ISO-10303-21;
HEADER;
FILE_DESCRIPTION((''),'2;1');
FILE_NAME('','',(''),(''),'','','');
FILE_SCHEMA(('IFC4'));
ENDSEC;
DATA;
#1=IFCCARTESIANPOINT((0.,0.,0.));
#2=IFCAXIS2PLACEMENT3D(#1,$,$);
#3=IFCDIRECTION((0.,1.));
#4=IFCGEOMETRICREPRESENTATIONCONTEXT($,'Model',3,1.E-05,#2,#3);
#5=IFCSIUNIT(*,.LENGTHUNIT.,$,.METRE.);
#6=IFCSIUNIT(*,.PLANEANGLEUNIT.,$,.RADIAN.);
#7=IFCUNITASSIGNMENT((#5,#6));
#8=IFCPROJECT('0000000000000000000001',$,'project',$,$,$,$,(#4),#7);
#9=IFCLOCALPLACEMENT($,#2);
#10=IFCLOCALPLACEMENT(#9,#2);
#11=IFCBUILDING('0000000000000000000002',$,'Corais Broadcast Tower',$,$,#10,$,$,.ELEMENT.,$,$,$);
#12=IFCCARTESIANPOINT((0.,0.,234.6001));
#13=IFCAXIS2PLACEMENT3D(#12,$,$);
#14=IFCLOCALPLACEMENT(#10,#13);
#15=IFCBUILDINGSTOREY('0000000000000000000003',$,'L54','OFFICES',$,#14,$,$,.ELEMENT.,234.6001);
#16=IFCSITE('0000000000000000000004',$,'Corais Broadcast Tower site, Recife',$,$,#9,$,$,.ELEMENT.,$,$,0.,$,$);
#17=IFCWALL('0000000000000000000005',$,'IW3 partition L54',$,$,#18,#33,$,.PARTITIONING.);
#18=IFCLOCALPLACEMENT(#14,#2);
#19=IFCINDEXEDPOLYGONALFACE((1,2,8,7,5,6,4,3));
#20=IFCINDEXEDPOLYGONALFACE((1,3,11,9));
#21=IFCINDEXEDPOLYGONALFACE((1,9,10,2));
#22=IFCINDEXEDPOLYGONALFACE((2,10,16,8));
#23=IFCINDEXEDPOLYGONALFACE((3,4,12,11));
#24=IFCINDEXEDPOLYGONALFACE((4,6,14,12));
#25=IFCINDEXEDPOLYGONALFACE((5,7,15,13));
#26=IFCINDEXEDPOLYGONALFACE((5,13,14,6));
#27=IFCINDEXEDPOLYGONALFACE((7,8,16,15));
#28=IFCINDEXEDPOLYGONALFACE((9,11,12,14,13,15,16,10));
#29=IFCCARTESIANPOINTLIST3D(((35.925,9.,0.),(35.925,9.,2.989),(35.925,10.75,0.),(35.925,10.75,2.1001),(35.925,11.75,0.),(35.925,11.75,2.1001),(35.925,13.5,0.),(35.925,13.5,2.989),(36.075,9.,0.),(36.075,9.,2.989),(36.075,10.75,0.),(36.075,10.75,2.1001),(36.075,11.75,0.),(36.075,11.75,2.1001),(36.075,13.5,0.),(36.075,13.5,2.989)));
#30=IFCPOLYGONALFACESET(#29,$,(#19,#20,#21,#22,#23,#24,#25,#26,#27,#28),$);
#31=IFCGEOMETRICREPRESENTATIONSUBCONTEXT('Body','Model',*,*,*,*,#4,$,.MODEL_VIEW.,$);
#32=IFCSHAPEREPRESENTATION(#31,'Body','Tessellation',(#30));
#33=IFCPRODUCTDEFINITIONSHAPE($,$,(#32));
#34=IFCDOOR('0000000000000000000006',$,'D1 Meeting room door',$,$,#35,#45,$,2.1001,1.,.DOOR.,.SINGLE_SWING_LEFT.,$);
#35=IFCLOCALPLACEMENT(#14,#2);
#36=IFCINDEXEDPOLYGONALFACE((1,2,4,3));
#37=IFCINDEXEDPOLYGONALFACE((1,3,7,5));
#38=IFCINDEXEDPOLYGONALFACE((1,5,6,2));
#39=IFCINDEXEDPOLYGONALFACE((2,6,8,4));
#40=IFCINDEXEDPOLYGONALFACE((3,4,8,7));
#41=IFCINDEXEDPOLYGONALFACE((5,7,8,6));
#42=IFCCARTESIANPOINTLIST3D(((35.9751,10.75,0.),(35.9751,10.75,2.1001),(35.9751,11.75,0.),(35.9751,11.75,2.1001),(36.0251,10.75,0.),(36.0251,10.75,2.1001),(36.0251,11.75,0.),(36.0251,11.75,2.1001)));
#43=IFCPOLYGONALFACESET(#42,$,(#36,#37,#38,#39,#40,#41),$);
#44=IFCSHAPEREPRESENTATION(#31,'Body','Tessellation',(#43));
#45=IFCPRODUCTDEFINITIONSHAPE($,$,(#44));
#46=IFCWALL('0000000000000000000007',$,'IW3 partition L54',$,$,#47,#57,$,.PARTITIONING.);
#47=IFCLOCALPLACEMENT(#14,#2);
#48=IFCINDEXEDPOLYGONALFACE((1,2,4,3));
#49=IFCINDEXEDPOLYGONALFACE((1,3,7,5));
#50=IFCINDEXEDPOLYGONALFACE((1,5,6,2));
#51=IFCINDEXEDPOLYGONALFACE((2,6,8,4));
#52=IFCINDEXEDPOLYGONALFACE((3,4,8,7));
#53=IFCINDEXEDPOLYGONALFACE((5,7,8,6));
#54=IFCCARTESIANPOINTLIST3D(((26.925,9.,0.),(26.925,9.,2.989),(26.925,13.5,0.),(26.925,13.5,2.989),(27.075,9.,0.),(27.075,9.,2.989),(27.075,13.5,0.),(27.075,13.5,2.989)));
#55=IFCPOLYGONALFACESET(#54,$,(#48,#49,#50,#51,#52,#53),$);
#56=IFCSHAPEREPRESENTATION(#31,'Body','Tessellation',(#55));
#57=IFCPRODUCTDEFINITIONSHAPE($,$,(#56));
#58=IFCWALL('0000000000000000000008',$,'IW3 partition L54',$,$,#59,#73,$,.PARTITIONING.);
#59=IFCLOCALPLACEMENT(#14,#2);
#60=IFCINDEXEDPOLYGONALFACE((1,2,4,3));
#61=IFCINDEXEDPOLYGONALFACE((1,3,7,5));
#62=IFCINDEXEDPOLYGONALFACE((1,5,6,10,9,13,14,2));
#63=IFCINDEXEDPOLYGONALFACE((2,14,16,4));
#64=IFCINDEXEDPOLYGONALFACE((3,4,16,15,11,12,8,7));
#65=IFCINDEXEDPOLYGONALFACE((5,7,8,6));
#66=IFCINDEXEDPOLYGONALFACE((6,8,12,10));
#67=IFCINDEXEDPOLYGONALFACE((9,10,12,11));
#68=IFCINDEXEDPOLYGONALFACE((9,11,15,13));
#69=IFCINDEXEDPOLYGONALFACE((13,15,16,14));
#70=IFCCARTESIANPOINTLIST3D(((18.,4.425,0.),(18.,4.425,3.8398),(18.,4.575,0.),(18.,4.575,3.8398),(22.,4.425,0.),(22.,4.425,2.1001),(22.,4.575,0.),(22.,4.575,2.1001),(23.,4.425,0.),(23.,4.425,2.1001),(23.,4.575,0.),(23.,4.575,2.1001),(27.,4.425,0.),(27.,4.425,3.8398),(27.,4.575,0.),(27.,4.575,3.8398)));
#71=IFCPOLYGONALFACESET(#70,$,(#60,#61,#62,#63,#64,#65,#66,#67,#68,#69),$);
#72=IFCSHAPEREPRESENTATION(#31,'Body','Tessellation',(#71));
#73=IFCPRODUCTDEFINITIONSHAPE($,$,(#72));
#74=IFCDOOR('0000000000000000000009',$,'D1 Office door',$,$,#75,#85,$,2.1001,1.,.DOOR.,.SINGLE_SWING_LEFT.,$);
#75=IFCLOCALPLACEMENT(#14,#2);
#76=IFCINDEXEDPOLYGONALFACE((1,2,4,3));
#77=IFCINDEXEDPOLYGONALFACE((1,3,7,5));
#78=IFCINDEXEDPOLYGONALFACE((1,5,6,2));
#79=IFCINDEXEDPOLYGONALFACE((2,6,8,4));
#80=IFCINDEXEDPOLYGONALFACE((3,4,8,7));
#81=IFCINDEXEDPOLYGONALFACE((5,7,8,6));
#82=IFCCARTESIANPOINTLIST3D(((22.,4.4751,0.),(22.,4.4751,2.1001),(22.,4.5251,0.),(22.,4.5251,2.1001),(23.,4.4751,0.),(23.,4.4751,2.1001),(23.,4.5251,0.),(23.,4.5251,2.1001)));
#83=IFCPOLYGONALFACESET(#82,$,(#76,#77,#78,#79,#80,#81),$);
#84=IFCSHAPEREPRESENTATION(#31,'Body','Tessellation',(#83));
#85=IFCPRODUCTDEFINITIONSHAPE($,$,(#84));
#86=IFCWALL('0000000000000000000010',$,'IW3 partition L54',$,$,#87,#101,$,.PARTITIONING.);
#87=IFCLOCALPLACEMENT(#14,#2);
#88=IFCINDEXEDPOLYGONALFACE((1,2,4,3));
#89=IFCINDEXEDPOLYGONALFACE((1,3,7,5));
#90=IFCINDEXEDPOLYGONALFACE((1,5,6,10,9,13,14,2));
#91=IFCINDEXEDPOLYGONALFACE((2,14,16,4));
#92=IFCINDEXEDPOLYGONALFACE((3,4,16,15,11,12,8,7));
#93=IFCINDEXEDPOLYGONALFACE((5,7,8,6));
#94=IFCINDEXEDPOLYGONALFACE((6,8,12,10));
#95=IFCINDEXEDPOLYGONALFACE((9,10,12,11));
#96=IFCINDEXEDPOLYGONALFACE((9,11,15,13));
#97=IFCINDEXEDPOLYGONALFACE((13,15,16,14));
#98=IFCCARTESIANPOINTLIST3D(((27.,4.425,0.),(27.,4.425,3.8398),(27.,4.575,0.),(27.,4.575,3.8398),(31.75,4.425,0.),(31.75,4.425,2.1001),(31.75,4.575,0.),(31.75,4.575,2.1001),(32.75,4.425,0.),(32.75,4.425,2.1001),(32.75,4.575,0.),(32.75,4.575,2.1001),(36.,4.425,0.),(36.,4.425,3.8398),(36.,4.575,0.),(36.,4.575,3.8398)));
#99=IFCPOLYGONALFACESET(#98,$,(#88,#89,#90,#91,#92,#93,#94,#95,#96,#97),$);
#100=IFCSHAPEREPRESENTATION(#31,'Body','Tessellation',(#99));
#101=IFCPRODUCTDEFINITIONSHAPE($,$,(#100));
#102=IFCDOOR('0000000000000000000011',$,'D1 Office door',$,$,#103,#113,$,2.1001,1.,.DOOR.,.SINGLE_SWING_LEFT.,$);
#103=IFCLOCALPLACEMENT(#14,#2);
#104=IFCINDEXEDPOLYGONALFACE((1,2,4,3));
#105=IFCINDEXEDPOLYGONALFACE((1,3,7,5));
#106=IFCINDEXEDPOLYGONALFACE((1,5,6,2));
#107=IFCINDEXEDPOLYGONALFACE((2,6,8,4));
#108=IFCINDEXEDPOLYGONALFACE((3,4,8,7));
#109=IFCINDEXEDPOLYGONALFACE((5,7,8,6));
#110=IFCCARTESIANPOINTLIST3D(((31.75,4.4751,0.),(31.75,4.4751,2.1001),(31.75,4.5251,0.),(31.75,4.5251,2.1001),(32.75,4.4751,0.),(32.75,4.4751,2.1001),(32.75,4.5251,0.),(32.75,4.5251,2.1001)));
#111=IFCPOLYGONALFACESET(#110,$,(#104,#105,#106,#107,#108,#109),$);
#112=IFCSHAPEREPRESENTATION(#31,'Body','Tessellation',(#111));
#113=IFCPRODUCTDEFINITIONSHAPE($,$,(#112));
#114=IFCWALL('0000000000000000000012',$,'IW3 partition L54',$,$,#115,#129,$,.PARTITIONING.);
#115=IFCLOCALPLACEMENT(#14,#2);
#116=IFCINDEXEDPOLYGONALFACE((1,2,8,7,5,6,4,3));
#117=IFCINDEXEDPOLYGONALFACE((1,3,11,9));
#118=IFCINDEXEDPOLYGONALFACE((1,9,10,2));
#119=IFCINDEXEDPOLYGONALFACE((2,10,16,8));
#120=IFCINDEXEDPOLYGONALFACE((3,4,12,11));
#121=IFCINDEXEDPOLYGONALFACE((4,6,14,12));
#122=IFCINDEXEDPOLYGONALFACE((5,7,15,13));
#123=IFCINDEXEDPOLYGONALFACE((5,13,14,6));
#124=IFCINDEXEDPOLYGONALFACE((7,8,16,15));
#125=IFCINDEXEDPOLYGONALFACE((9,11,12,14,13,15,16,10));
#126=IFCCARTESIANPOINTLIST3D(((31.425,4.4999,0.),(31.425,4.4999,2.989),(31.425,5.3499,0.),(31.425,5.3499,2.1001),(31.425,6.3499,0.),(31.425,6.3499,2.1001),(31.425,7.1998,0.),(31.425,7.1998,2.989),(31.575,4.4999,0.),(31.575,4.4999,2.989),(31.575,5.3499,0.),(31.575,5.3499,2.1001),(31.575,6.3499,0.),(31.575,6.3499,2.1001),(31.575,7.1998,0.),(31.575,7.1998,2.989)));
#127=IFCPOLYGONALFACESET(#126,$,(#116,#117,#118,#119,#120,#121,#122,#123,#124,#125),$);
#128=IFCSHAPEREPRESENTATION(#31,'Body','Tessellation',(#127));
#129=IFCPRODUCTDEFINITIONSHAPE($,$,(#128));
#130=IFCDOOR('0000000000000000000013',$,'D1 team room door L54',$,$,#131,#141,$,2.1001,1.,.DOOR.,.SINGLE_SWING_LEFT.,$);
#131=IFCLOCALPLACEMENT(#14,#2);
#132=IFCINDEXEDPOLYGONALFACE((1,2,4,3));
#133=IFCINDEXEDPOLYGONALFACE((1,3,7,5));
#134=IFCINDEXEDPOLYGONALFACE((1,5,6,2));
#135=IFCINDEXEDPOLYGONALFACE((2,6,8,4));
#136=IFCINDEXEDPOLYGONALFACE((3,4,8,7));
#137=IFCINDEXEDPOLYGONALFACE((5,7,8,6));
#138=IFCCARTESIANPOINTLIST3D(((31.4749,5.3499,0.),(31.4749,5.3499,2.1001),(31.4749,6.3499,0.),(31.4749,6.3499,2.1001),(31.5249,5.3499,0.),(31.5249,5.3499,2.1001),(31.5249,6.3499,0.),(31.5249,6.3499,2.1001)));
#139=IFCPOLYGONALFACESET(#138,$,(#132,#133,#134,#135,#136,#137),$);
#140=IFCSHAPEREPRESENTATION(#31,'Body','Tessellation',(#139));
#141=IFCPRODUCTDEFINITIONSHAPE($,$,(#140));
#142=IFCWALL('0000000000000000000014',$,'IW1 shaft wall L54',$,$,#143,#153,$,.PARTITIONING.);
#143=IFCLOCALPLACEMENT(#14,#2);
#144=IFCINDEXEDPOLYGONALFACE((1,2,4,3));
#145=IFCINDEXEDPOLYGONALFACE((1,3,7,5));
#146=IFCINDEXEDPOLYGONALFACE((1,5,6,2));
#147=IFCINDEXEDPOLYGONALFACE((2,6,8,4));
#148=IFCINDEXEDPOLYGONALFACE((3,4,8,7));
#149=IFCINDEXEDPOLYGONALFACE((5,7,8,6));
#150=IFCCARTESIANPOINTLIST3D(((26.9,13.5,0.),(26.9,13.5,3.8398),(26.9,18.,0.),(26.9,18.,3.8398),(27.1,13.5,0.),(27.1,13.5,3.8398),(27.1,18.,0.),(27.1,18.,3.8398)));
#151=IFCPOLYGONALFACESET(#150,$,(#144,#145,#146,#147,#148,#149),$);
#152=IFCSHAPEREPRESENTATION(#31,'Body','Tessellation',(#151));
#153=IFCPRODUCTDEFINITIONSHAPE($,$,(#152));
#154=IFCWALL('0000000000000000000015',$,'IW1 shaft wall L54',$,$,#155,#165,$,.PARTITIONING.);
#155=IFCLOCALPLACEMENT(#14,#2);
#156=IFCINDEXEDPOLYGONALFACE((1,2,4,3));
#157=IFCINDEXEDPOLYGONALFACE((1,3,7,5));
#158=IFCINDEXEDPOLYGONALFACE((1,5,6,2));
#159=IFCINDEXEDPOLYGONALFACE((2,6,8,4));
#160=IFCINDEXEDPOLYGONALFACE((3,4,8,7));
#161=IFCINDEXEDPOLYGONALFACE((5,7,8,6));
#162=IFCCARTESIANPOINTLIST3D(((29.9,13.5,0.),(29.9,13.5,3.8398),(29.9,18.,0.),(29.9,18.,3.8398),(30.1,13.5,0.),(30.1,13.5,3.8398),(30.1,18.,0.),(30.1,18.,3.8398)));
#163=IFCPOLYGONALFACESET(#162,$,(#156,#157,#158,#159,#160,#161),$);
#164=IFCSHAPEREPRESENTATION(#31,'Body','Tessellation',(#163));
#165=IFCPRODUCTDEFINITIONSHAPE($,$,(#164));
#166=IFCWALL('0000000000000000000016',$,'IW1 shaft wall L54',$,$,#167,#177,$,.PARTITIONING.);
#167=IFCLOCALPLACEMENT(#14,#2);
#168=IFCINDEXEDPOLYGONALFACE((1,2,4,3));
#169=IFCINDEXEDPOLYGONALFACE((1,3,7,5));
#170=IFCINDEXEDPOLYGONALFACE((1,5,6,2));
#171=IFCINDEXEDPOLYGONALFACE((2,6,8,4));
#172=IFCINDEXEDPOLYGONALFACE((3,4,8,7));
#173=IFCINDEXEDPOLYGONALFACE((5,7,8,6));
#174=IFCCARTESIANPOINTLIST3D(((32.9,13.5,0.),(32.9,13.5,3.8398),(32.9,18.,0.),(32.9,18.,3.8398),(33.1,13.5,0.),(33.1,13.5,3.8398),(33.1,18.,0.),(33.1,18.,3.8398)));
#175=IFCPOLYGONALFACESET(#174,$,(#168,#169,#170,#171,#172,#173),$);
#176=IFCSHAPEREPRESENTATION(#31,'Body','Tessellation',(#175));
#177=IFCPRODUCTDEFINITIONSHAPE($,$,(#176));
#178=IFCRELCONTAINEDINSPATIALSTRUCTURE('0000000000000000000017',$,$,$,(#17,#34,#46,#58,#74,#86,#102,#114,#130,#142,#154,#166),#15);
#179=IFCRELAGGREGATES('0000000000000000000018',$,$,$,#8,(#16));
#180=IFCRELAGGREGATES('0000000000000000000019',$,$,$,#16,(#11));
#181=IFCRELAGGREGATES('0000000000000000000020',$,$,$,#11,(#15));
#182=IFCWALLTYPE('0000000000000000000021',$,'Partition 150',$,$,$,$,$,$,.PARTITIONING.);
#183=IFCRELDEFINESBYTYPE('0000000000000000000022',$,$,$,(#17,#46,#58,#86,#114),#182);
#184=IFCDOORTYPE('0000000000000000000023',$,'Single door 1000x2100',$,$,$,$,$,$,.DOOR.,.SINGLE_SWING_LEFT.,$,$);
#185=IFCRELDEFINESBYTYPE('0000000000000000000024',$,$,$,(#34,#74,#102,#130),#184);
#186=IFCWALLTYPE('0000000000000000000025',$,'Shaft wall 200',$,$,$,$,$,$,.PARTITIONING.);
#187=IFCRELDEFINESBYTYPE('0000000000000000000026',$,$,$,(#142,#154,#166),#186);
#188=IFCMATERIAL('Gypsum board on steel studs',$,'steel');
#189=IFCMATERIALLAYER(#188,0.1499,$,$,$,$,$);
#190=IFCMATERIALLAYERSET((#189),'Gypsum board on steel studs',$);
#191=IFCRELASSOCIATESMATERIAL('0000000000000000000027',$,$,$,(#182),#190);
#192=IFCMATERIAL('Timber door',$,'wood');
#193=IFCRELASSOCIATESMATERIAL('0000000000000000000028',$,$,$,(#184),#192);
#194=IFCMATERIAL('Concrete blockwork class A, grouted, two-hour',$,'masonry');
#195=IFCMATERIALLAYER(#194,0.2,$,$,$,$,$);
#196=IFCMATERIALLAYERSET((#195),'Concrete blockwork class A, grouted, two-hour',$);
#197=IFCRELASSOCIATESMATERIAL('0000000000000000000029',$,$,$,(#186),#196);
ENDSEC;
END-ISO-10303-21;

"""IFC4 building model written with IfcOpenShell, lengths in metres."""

from ifc_helpers import new_model, si_unit, direction, frame, frame_2d, origin, place, context, subcontext, project, spatial, rectangle, extrude, material, layer, layer_set, type_object, element, fill, save


model = new_model("IFC4")

# Units and contexts
model_context = context("Model", 3, precision=1e-05, world=origin(), true_north=direction((0.0, 1.0)))
body_context = subcontext(model_context, "Body", "Model", "MODEL_VIEW")
ifc_project = project(units=[si_unit("LENGTHUNIT", "METRE"), si_unit("PLANEANGLEUNIT", "RADIAN")], contexts=[model_context])

# Site, building, storey
site_placement = place(None, origin())
site = spatial("IfcSite", under=ifc_project, at=site_placement, Name="Corais Broadcast Tower site, Recife", CompositionType="ELEMENT", RefElevation=0.0)
building_placement = place(site_placement, origin())
building = spatial("IfcBuilding", under=site, at=building_placement, Name="Corais Broadcast Tower", CompositionType="ELEMENT")
storey_placement = place(building_placement, frame((0.0, 0.0, 234.6001)))
storey = spatial("IfcBuildingStorey", under=building, at=storey_placement, Name="L54", Description="OFFICES", CompositionType="ELEMENT", Elevation=234.6001)

# Shared definitions
ifc_material_1 = material(Name="Gypsum board on steel studs", Category="steel")
ifc_layer_1 = layer(ifc_material_1, 0.1499)
ifc_layer_set_1 = layer_set([ifc_layer_1], Name="Gypsum board on steel studs")
wall_type_1 = type_object("IfcWallType", Name="Partition 150", PredefinedType="PARTITIONING", material=ifc_layer_set_1)

# Wall, opening, door
wall_1_placement = place(storey_placement, frame((36.0, 9.0, 0.0), z_axis=(0.0, 0.0, 1.0), x_axis=(0.0, 1.0, 0.0)))
wall_1 = element("IfcWall", 1, at=wall_1_placement, inside=storey, type_object=wall_type_1, Name="IW3 partition L54", PredefinedType="PARTITIONING", context=body_context, shape_type="SweptSolid", body=[
    extrude(rectangle(XDim=4.5, YDim=0.1499, at=frame_2d((2.25, 0.0))), origin(), (0.0, 0.0, 1.0), 2.989),
])
opening_1_placement = place(wall_1_placement, frame((1.75, 0.0, 0.0)))
opening_1 = element("IfcOpeningElement", 2, at=opening_1_placement, cuts=wall_1, PredefinedType="OPENING", context=body_context, shape_type="SweptSolid", body=[
    extrude(rectangle(XDim=1.0, YDim=2.1001, at=frame_2d((0.5, 1.05))), frame((0.0, 0.085, 0.0), z_axis=(0.0, -1.0, 0.0), x_axis=(1.0, 0.0, 0.0)), (0.0, 0.0, 1.0), 0.1699),
])
ifc_material_2 = material(Name="Timber door", Category="wood")
door_type = type_object("IfcDoorType", Name="Single door 1000x2100", OperationType="SINGLE_SWING_LEFT", PredefinedType="DOOR", material=ifc_material_2)
door_1_placement = place(opening_1_placement, origin())
door_1 = element("IfcDoor", 3, at=door_1_placement, inside=storey, type_object=door_type, Name="D1 Meeting room door", OperationType="SINGLE_SWING_LEFT", OverallHeight=2.1001, OverallWidth=1.0, PredefinedType="DOOR", context=body_context, shape_type="SweptSolid", body=[
    extrude(rectangle(XDim=1.0, YDim=2.1001, at=frame_2d((0.5, 1.05))), frame((0.0, 0.0249, 0.0), z_axis=(0.0, -1.0, 0.0), x_axis=(1.0, 0.0, 0.0)), (0.0, 0.0, 1.0), 0.05),
])
fill(opening_1, door_1)

# Wall
wall_2_placement = place(storey_placement, frame((27.0, 13.5, 0.0), z_axis=(0.0, 0.0, 1.0), x_axis=(0.0, -1.0, 0.0)))
element("IfcWall", 4, at=wall_2_placement, inside=storey, type_object=wall_type_1, Name="IW3 partition L54", PredefinedType="PARTITIONING", context=body_context, shape_type="SweptSolid", body=[
    extrude(rectangle(XDim=4.5, YDim=0.1499, at=frame_2d((2.25, 0.0))), origin(), (0.0, 0.0, 1.0), 2.989),
])

# Walls, openings, doors
wall_3_placement = place(storey_placement, frame((27.0, 4.5, 0.0), z_axis=(0.0, 0.0, 1.0), x_axis=(-1.0, 0.0, 0.0)))
wall_3 = element("IfcWall", 5, at=wall_3_placement, inside=storey, type_object=wall_type_1, Name="IW3 partition L54", PredefinedType="PARTITIONING", context=body_context, shape_type="SweptSolid", body=[
    extrude(rectangle(XDim=9.0, YDim=0.1499, at=frame_2d((4.5, 0.0))), origin(), (0.0, 0.0, 1.0), 3.8398),
])
opening_2_placement = place(wall_3_placement, frame((4.0, 0.0, 0.0)))
opening_2 = element("IfcOpeningElement", 6, at=opening_2_placement, cuts=wall_3, PredefinedType="OPENING", context=body_context, shape_type="SweptSolid", body=[
    extrude(rectangle(XDim=1.0, YDim=2.1001, at=frame_2d((0.5, 1.05))), frame((0.0, 0.085, 0.0), z_axis=(0.0, -1.0, 0.0), x_axis=(1.0, 0.0, 0.0)), (0.0, 0.0, 1.0), 0.1699),
])
door_2_placement = place(opening_2_placement, origin())
door_2 = element("IfcDoor", 7, at=door_2_placement, inside=storey, type_object=door_type, Name="D1 Office door", OperationType="SINGLE_SWING_LEFT", OverallHeight=2.1001, OverallWidth=1.0, PredefinedType="DOOR", context=body_context, shape_type="SweptSolid", body=[
    extrude(rectangle(XDim=1.0, YDim=2.1001, at=frame_2d((0.5, 1.05))), frame((0.0, 0.0249, 0.0), z_axis=(0.0, -1.0, 0.0), x_axis=(1.0, 0.0, 0.0)), (0.0, 0.0, 1.0), 0.05),
])
fill(opening_2, door_2)
wall_4_placement = place(storey_placement, frame((36.0, 4.5, 0.0), z_axis=(0.0, 0.0, 1.0), x_axis=(-1.0, 0.0, 0.0)))
wall_4 = element("IfcWall", 8, at=wall_4_placement, inside=storey, type_object=wall_type_1, Name="IW3 partition L54", PredefinedType="PARTITIONING", context=body_context, shape_type="SweptSolid", body=[
    extrude(rectangle(XDim=9.0, YDim=0.1499, at=frame_2d((4.5, 0.0))), origin(), (0.0, 0.0, 1.0), 3.8398),
])
opening_3_placement = place(wall_4_placement, frame((3.25, 0.0, 0.0)))
opening_3 = element("IfcOpeningElement", 9, at=opening_3_placement, cuts=wall_4, PredefinedType="OPENING", context=body_context, shape_type="SweptSolid", body=[
    extrude(rectangle(XDim=1.0, YDim=2.1001, at=frame_2d((0.5, 1.05))), frame((0.0, 0.085, 0.0), z_axis=(0.0, -1.0, 0.0), x_axis=(1.0, 0.0, 0.0)), (0.0, 0.0, 1.0), 0.1699),
])
door_3_placement = place(opening_3_placement, origin())
door_3 = element("IfcDoor", 10, at=door_3_placement, inside=storey, type_object=door_type, Name="D1 Office door", OperationType="SINGLE_SWING_LEFT", OverallHeight=2.1001, OverallWidth=1.0, PredefinedType="DOOR", context=body_context, shape_type="SweptSolid", body=[
    extrude(rectangle(XDim=1.0, YDim=2.1001, at=frame_2d((0.5, 1.05))), frame((0.0, 0.0249, 0.0), z_axis=(0.0, -1.0, 0.0), x_axis=(1.0, 0.0, 0.0)), (0.0, 0.0, 1.0), 0.05),
])
fill(opening_3, door_3)
wall_5_placement = place(storey_placement, frame((31.5, 7.2, 0.0), z_axis=(0.0, 0.0, 1.0), x_axis=(0.0, -1.0, 0.0)))
wall_5 = element("IfcWall", 11, at=wall_5_placement, inside=storey, type_object=wall_type_1, Name="IW3 partition L54", PredefinedType="PARTITIONING", context=body_context, shape_type="SweptSolid", body=[
    extrude(rectangle(XDim=2.7, YDim=0.1499, at=frame_2d((1.3501, 0.0))), origin(), (0.0, 0.0, 1.0), 2.989),
])
opening_4_placement = place(wall_5_placement, frame((0.8501, 0.0, 0.0)))
opening_4 = element("IfcOpeningElement", 12, at=opening_4_placement, cuts=wall_5, PredefinedType="OPENING", context=body_context, shape_type="SweptSolid", body=[
    extrude(rectangle(XDim=1.0, YDim=2.1001, at=frame_2d((0.5, 1.05))), frame((0.0, 0.085, 0.0), z_axis=(0.0, -1.0, 0.0), x_axis=(1.0, 0.0, 0.0)), (0.0, 0.0, 1.0), 0.1699),
])
door_4_placement = place(opening_4_placement, origin())
door_4 = element("IfcDoor", 13, at=door_4_placement, inside=storey, type_object=door_type, Name="D1 team room door L54", OperationType="SINGLE_SWING_LEFT", OverallHeight=2.1001, OverallWidth=1.0, PredefinedType="DOOR", context=body_context, shape_type="SweptSolid", body=[
    extrude(rectangle(XDim=1.0, YDim=2.1001, at=frame_2d((0.5, 1.05))), frame((0.0, 0.0249, 0.0), z_axis=(0.0, -1.0, 0.0), x_axis=(1.0, 0.0, 0.0)), (0.0, 0.0, 1.0), 0.05),
])
fill(opening_4, door_4)

# Walls
ifc_material_3 = material(Name="Concrete blockwork class A, grouted, two-hour", Category="masonry")
ifc_layer_2 = layer(ifc_material_3, 0.2)
ifc_layer_set_2 = layer_set([ifc_layer_2], Name="Concrete blockwork class A, grouted, two-hour")
wall_type_2 = type_object("IfcWallType", Name="Shaft wall 200", PredefinedType="PARTITIONING", material=ifc_layer_set_2)
for number, where, z_axis, x_axis, name in (
    (14, (27.0, 13.5, 0.0), (0.0, 0.0, 1.0), (0.0, 1.0, 0.0), "IW1 shaft wall L54"),
    (15, (30.0, 13.5, 0.0), (0.0, 0.0, 1.0), (0.0, 1.0, 0.0), "IW1 shaft wall L54"),
    (16, (33.0, 13.5, 0.0), (0.0, 0.0, 1.0), (0.0, 1.0, 0.0), "IW1 shaft wall L54"),
):
    element("IfcWall", number, at=place(storey_placement, frame(where, z_axis=z_axis, x_axis=x_axis)), inside=storey, type_object=wall_type_2, Name=name, PredefinedType="PARTITIONING", context=body_context, shape_type="SweptSolid", body=[
        extrude(rectangle(XDim=4.5, YDim=0.2, at=frame_2d((2.25, 0.0))), origin(), (0.0, 0.0, 1.0), 3.8398),
    ])

save(model, "model.ifc")
